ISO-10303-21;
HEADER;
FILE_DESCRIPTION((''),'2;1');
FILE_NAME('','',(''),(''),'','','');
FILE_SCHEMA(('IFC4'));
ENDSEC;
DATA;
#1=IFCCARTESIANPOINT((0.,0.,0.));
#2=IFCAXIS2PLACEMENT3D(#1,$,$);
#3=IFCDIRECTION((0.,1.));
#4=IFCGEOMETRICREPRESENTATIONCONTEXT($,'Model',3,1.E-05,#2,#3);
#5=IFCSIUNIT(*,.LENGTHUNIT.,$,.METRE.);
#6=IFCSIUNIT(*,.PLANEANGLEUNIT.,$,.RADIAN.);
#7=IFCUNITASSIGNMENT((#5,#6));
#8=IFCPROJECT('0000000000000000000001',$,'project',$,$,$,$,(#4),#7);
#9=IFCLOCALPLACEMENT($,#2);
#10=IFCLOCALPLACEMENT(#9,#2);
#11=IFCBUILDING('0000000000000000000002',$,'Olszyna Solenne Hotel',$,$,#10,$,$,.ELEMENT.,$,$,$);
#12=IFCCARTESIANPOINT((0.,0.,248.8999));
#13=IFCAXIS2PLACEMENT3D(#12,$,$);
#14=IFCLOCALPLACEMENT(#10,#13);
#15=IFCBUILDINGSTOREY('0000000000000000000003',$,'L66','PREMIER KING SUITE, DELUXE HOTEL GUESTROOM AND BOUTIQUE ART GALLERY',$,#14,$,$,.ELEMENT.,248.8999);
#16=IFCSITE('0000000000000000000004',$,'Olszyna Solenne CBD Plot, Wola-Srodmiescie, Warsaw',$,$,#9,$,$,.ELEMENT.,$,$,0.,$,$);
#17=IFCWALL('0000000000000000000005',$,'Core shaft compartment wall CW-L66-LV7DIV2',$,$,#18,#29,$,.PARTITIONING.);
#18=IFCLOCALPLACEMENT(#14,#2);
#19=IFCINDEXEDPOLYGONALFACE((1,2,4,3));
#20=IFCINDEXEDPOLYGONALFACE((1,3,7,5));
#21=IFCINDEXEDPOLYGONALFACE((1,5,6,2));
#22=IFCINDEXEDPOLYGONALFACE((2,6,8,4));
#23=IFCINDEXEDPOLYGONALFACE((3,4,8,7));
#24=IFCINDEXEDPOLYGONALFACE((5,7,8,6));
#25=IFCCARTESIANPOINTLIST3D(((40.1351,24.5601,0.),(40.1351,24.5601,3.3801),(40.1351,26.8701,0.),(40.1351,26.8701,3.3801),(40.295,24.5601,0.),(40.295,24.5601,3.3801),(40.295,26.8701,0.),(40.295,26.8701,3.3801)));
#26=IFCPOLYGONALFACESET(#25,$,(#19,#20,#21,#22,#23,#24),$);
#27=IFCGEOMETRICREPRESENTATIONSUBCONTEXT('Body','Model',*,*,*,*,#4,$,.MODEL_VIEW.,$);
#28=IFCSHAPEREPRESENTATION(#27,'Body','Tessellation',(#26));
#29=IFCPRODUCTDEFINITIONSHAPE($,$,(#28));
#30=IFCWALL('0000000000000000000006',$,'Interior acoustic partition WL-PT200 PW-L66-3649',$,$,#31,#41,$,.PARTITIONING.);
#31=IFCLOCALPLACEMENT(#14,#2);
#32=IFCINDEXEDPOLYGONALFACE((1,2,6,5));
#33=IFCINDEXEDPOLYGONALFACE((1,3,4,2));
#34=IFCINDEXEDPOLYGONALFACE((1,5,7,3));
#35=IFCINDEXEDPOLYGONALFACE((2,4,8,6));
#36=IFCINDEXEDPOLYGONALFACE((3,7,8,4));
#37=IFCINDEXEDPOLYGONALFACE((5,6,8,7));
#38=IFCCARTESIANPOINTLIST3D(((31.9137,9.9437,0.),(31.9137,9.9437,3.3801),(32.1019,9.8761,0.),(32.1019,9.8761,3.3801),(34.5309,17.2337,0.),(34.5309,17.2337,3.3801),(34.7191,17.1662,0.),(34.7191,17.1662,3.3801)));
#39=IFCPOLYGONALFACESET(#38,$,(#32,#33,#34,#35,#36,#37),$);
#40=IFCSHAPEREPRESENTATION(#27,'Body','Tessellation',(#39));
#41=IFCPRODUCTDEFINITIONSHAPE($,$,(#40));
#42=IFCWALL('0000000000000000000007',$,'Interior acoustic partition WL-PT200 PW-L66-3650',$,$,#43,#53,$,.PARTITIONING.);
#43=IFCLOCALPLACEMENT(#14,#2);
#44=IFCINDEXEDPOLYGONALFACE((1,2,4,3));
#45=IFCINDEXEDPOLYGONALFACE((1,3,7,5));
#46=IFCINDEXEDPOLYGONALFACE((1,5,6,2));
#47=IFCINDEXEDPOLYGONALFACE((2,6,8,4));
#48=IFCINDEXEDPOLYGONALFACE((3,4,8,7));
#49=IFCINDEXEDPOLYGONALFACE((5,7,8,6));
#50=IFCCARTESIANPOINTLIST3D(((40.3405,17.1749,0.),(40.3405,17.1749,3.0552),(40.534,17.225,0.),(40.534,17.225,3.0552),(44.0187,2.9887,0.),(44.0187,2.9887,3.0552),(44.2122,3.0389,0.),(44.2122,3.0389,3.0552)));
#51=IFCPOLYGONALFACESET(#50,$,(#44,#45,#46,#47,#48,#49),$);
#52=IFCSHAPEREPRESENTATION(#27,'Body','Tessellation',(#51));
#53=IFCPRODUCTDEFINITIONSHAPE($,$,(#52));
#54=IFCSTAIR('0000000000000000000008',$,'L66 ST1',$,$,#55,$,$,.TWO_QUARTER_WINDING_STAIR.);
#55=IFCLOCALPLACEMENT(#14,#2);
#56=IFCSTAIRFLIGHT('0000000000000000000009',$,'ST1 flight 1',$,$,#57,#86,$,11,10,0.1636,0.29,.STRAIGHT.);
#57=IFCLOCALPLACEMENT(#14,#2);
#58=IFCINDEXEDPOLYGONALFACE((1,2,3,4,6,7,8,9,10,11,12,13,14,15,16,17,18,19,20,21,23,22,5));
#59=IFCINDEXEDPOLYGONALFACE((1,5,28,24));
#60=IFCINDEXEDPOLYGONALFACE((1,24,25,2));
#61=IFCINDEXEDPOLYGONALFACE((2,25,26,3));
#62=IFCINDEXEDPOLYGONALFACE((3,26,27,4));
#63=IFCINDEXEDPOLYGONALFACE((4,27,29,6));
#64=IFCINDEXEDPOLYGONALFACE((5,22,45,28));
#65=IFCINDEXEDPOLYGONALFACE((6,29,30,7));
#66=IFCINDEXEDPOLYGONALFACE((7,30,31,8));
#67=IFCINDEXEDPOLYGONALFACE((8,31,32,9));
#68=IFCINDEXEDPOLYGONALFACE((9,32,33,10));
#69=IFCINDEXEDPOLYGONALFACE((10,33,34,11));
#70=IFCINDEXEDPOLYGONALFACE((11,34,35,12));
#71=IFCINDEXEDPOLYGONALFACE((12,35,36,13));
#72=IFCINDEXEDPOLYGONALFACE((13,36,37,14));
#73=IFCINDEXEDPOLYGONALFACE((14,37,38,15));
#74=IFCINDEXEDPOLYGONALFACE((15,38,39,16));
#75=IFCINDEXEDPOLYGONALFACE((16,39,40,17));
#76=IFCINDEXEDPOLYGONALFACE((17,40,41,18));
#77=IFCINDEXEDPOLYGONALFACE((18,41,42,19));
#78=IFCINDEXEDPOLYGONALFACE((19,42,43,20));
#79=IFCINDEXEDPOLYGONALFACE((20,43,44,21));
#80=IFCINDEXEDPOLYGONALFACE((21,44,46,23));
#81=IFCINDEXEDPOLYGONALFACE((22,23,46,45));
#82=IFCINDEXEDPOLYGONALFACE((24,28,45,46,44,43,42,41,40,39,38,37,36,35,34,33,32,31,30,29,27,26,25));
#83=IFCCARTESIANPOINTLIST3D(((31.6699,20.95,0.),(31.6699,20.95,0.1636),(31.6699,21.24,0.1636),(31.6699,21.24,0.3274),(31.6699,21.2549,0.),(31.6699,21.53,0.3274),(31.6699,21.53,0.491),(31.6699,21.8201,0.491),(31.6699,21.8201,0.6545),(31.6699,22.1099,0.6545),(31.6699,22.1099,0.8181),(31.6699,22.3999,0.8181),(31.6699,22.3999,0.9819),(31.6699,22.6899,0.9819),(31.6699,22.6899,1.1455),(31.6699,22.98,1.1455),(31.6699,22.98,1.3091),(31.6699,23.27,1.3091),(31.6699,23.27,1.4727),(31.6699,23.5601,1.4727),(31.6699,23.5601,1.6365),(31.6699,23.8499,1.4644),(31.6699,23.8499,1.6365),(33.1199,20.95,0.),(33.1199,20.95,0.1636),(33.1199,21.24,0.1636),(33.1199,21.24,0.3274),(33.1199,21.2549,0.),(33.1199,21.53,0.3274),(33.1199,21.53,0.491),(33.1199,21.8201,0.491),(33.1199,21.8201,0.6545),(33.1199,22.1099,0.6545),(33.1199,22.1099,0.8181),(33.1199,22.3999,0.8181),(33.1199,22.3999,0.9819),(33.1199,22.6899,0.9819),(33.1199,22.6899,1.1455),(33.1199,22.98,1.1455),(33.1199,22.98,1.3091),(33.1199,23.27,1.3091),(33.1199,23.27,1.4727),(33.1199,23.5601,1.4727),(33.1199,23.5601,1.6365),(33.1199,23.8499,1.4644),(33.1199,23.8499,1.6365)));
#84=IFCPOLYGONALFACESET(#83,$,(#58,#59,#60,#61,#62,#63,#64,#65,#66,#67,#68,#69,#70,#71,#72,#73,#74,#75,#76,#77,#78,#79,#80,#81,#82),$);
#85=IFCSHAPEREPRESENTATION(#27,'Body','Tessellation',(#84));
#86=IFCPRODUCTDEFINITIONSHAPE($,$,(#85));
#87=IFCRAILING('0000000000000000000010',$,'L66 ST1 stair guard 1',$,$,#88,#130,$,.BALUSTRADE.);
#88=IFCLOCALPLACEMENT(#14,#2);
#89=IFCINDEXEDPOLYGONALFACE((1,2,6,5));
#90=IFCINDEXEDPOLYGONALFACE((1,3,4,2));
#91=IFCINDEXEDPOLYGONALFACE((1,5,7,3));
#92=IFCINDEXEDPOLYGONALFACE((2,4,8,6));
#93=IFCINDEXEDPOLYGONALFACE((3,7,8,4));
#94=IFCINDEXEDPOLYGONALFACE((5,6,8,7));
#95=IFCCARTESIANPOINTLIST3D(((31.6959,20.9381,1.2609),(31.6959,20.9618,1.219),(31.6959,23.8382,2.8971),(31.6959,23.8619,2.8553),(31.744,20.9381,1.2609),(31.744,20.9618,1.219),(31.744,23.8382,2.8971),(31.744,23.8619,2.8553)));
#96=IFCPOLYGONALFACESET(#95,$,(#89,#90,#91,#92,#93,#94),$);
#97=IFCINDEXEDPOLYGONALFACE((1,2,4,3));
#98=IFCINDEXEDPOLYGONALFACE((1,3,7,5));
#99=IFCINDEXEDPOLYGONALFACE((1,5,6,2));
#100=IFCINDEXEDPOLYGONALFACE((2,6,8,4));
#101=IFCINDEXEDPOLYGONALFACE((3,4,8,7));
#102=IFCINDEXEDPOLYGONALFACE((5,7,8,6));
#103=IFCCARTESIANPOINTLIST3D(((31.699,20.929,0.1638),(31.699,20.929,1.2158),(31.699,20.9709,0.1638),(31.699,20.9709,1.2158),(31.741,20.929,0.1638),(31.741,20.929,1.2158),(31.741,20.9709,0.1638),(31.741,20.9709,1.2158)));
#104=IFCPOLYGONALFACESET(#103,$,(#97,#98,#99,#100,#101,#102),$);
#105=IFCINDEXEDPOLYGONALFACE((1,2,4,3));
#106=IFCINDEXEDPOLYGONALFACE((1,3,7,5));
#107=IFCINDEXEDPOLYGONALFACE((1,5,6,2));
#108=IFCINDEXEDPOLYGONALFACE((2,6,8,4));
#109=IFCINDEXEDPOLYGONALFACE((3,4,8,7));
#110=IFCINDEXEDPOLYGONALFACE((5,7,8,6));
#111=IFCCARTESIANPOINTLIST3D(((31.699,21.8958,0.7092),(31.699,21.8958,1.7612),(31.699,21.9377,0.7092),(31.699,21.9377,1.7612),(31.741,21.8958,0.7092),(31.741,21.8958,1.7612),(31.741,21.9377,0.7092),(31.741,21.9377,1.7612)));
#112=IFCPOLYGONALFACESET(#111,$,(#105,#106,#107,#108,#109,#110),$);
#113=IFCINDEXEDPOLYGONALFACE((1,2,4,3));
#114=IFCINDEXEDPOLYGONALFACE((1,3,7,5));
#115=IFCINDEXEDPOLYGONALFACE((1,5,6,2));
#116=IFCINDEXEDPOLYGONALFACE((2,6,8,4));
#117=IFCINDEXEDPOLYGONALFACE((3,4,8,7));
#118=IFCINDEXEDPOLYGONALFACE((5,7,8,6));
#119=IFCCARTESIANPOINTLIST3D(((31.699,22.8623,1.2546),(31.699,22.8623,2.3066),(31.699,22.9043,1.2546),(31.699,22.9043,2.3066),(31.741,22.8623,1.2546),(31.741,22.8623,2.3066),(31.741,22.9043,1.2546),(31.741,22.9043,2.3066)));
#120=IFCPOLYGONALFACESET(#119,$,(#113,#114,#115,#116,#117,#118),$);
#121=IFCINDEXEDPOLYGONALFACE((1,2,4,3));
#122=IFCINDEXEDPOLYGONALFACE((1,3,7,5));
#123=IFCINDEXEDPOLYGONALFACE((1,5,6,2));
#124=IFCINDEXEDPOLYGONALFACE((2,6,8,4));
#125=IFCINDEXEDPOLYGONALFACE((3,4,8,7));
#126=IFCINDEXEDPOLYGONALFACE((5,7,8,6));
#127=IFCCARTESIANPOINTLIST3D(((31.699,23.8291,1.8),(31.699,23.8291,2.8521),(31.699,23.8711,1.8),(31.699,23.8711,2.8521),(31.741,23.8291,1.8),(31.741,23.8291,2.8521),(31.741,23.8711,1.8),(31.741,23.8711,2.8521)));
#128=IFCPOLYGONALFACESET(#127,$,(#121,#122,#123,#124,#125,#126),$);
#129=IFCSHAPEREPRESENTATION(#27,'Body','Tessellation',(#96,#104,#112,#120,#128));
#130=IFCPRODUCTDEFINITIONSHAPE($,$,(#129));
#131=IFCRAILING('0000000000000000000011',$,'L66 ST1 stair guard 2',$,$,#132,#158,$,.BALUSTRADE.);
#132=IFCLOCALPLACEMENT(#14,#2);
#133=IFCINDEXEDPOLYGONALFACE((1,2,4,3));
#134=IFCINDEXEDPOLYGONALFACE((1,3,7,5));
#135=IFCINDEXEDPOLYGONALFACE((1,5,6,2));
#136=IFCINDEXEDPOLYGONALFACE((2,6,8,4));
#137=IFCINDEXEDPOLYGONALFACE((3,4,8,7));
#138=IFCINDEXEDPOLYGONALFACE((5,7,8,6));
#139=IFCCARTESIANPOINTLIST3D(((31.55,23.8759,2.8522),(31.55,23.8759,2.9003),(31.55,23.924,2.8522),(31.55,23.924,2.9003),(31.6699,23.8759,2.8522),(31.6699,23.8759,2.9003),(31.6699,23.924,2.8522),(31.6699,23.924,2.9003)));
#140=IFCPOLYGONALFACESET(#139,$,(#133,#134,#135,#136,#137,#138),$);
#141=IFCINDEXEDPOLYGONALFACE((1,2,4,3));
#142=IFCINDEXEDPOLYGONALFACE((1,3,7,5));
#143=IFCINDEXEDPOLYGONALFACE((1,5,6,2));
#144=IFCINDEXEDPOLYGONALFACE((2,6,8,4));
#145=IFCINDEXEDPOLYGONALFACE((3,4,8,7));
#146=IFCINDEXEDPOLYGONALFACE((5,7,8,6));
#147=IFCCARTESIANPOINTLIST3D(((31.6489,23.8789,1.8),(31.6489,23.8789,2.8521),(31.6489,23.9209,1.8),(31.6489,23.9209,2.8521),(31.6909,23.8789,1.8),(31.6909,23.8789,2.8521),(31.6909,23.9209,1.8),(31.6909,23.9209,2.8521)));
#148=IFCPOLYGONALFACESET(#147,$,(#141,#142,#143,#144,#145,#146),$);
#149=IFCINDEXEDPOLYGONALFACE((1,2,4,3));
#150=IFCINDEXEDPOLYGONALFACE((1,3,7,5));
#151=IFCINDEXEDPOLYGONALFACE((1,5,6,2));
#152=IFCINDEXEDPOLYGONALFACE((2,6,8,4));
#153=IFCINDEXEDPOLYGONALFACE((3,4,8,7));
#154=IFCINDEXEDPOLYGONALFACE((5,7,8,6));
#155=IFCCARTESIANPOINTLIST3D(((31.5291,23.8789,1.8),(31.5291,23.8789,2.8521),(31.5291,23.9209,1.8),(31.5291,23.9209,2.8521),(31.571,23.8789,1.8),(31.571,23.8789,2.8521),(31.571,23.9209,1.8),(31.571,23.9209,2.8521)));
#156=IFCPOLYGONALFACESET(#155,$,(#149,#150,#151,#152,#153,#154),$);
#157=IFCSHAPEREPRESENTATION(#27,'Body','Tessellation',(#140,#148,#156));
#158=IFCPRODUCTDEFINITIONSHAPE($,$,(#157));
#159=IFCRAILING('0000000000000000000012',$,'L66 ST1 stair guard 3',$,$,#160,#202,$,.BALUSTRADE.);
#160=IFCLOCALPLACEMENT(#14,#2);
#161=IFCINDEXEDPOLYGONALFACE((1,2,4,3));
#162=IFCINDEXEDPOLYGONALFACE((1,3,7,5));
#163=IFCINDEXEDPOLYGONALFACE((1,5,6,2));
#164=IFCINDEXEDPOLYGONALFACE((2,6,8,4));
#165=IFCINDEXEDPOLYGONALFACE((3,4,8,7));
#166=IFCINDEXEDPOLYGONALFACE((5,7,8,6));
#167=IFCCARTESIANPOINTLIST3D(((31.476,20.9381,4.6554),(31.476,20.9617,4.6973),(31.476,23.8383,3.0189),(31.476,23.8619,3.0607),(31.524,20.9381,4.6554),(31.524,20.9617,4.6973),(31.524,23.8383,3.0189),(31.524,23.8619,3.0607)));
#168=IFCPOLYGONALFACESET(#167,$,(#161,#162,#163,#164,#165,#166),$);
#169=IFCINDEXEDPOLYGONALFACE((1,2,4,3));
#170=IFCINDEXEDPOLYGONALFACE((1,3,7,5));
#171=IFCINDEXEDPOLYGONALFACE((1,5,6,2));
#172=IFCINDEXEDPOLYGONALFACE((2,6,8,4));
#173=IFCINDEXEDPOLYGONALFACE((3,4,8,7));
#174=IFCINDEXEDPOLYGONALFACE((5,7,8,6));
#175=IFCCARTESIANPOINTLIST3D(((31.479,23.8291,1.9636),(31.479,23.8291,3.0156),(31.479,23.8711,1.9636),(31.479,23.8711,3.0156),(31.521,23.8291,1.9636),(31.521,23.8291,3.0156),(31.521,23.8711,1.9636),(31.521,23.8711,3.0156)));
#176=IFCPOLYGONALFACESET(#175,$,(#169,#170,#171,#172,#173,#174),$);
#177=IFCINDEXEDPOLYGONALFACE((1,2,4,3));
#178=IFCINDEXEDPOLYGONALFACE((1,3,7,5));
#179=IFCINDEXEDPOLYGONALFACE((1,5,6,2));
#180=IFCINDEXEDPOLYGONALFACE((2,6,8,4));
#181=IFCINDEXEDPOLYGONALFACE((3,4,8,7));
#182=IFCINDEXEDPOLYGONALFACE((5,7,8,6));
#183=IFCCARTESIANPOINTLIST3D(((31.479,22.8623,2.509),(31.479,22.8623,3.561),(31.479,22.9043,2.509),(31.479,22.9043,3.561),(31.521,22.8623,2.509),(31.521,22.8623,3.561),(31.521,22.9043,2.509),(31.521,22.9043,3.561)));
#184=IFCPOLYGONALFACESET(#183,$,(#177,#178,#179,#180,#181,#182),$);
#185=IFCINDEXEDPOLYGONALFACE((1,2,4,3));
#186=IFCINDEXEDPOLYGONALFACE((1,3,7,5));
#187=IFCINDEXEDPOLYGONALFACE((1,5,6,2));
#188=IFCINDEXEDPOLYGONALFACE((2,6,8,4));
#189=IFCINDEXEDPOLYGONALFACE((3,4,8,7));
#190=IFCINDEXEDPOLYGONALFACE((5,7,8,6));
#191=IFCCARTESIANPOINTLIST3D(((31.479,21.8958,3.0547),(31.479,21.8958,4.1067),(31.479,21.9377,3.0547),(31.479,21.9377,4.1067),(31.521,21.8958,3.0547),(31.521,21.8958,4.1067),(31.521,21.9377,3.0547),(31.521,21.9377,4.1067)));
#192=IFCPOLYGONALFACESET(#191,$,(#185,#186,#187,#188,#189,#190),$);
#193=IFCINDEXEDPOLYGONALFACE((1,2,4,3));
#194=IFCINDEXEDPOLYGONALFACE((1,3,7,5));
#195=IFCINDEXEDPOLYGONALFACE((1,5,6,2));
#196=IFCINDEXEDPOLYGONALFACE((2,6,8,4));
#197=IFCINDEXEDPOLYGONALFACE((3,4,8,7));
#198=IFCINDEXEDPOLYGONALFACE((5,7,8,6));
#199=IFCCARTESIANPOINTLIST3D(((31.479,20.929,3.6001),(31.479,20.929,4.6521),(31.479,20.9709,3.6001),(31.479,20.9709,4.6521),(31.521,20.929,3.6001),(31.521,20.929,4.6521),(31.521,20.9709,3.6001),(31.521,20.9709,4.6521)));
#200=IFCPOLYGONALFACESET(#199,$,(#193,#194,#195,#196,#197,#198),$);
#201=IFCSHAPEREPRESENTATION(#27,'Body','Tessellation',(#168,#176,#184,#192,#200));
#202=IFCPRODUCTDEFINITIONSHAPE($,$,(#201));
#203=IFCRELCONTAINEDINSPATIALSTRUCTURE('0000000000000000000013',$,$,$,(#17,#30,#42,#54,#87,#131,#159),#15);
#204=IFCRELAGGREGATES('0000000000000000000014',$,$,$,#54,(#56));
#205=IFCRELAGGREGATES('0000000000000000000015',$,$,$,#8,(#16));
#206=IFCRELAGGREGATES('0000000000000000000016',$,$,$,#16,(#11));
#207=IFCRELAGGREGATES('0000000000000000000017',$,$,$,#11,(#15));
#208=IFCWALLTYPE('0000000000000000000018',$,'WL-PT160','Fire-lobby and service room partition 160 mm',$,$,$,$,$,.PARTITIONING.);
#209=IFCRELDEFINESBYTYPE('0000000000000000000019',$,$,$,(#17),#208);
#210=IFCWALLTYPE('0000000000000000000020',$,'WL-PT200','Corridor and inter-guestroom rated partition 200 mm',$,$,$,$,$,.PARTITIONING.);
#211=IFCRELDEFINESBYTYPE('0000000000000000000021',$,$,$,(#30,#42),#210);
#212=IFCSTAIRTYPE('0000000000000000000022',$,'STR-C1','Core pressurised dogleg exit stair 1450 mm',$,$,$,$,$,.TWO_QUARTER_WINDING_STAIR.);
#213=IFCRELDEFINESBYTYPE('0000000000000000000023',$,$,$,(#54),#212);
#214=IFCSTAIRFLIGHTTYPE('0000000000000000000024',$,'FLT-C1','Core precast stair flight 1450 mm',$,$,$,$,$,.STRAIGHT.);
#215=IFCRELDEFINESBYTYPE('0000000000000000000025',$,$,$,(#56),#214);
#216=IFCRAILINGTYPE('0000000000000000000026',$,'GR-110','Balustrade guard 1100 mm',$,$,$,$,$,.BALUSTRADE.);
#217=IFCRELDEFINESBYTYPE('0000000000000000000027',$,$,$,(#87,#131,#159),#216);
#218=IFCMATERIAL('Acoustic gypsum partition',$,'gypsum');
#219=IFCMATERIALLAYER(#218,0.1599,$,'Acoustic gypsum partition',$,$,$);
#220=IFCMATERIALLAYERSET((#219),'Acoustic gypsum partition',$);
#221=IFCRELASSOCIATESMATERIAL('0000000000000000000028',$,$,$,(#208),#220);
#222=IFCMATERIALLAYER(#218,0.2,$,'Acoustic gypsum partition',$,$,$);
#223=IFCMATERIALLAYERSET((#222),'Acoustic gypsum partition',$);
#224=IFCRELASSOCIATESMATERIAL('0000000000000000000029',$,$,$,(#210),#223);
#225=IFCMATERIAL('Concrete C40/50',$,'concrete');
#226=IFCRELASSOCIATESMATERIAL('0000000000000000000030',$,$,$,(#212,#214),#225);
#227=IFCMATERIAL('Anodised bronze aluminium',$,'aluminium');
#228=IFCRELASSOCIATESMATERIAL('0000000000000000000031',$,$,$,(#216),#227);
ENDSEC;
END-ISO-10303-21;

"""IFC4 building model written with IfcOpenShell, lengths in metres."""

from ifc_helpers import new_model, si_unit, direction, frame, frame_2d, origin, origin_2d, place, context, subcontext, project, spatial, polyline, rectangle, outline, extrude, material, layer, layer_set, type_object, element, aggregate, save


model = new_model("IFC4")

# Units and contexts
model_context = context("Model", 3, precision=1e-05, world=origin(), true_north=direction((0.0, 1.0)))
body_context = subcontext(model_context, "Body", "Model", "MODEL_VIEW")
ifc_project = project(units=[si_unit("LENGTHUNIT", "METRE"), si_unit("PLANEANGLEUNIT", "RADIAN")], contexts=[model_context])

# Site, building, storey
site_placement = place(None, origin())
site = spatial("IfcSite", under=ifc_project, at=site_placement, Name="Olszyna Solenne CBD Plot, Wola-Srodmiescie, Warsaw", CompositionType="ELEMENT", RefElevation=0.0)
building_placement = place(site_placement, origin())
building = spatial("IfcBuilding", under=site, at=building_placement, Name="Olszyna Solenne Hotel", CompositionType="ELEMENT")
storey_placement = place(building_placement, frame((0.0, 0.0, 248.8999)))
storey = spatial("IfcBuildingStorey", under=building, at=storey_placement, Name="L66", Description="PREMIER KING SUITE, DELUXE HOTEL GUESTROOM AND BOUTIQUE ART GALLERY", CompositionType="ELEMENT", Elevation=248.8999)

# Shared definitions
ifc_material_1 = material(Name="Acoustic gypsum partition", Category="gypsum")

# Shared definitions
ifc_layer_1 = layer(ifc_material_1, 0.1599, Name="Acoustic gypsum partition")
ifc_layer_set_1 = layer_set([ifc_layer_1], Name="Acoustic gypsum partition")
wall_type_1 = type_object("IfcWallType", Name="WL-PT160", Description="Fire-lobby and service room partition 160 mm", PredefinedType="PARTITIONING", material=ifc_layer_set_1)

# Walls
for number, where, z_axis, x_axis, name in (
    (1, (40.2151, 24.5601, 0.0), (0.0, 0.0, 1.0), (0.0, 1.0, 0.0), "Core shaft compartment wall CW-L66-LV7DIV2"),
):
    element("IfcWall", number, at=place(storey_placement, frame(where, z_axis=z_axis, x_axis=x_axis)), inside=storey, type_object=wall_type_1, Name=name, PredefinedType="PARTITIONING", context=body_context, shape_type="SweptSolid", body=[
        extrude(rectangle(XDim=2.3101, YDim=0.1599, at=frame_2d((1.155, 0.0))), origin(), (0.0, 0.0, 1.0), 3.3801),
    ])
ifc_layer_2 = layer(ifc_material_1, 0.2, Name="Acoustic gypsum partition")
ifc_layer_set_2 = layer_set([ifc_layer_2], Name="Acoustic gypsum partition")
wall_type_2 = type_object("IfcWallType", Name="WL-PT200", Description="Corridor and inter-guestroom rated partition 200 mm", PredefinedType="PARTITIONING", material=ifc_layer_set_2)
wall_1_placement = place(storey_placement, frame((34.625, 17.2, 0.0), z_axis=(0.0, 0.0, 1.0), x_axis=(-0.337893, -0.941184, 0.0)))
element("IfcWall", 2, at=wall_1_placement, inside=storey, type_object=wall_type_2, Name="Interior acoustic partition WL-PT200 PW-L66-3649", PredefinedType="PARTITIONING", context=body_context, shape_type="SweptSolid", body=[
    extrude(rectangle(XDim=7.7456, YDim=0.2, at=frame_2d((3.8728, 0.0))), origin(), (0.0, 0.0, 1.0), 3.3801),
])
wall_2_placement = place(storey_placement, frame((40.4373, 17.2, 0.0), z_axis=(0.0, 0.0, 1.0), x_axis=(0.250981, -0.967992, 0.0)))
element("IfcWall", 3, at=wall_2_placement, inside=storey, type_object=wall_type_2, Name="Interior acoustic partition WL-PT200 PW-L66-3650", PredefinedType="PARTITIONING", context=body_context, shape_type="SweptSolid", body=[
    extrude(rectangle(XDim=14.6553, YDim=0.2, at=frame_2d((7.3276, 0.0))), origin(), (0.0, 0.0, 1.0), 3.0552),
])

# Stair, stair flight
ifc_material_2 = material(Name="Concrete C40/50", Category="concrete")
stair_type = type_object("IfcStairType", Name="STR-C1", Description="Core pressurised dogleg exit stair 1450 mm", PredefinedType="TWO_QUARTER_WINDING_STAIR", material=ifc_material_2)
stair_placement = place(storey_placement, origin())
stair = element("IfcStair", 4, at=stair_placement, inside=storey, type_object=stair_type, Name="L66 ST1", PredefinedType="TWO_QUARTER_WINDING_STAIR")
stair_flight_type = type_object("IfcStairFlightType", Name="FLT-C1", Description="Core precast stair flight 1450 mm", PredefinedType="STRAIGHT", material=ifc_material_2)
stair_flight_placement = place(storey_placement, frame((32.395, 20.95, 0.0), z_axis=(0.0, 0.0, 1.0), x_axis=(0.0, 1.0, 0.0)))
stair_flight = element("IfcStairFlight", 5, at=stair_flight_placement, type_object=stair_flight_type, Name="ST1 flight 1", NumberOfRisers=11, NumberOfTreads=10, PredefinedType="STRAIGHT", RiserHeight=0.1636, TreadLength=0.29, context=body_context, shape_type="SweptSolid", body=[
    extrude(outline(polyline([(0.0, 0.0), (0.0, 0.1636), (0.29, 0.1636), (0.29, 0.3274), (0.5801, 0.3274), (0.5801, 0.491), (0.8701, 0.491), (0.8701, 0.6545), (1.1599, 0.6545), (1.1599, 0.8181), (1.45, 0.8181), (1.45, 0.9819), (1.74, 0.9819), (1.74, 1.1455), (2.03, 1.1455), (2.03, 1.3091), (2.3201, 1.3091), (2.3201, 1.4727), (2.6101, 1.4727), (2.6101, 1.6365), (2.8999, 1.6365), (2.8999, 1.8), (2.8999, 1.4644), (0.3049, 0.0), (0.0, 0.0)])), frame((0.0, 0.7251, 0.0), z_axis=(0.0, -1.0, 0.0), x_axis=(1.0, 0.0, 0.0)), (0.0, 0.0, 1.0), 1.45),
])
aggregate(stair, [stair_flight])

# Railings
ifc_material_3 = material(Name="Anodised bronze aluminium", Category="aluminium")
railing_type_1 = type_object("IfcRailingType", Name="GR-110", Description="Balustrade guard 1100 mm", PredefinedType="BALUSTRADE", material=ifc_material_3)
railing_1_placement = place(storey_placement, frame((31.72, 20.95, 0.1638)))
element("IfcRailing", 6, at=railing_1_placement, inside=storey, type_object=railing_type_1, Name="L66 ST1 stair guard 1", PredefinedType="BALUSTRADE", context=body_context, shape_type="SweptSolid", body=[
    extrude(rectangle(XDim=0.0481, YDim=0.0481, at=origin_2d()), frame((0.0, 0.0, 1.0762), z_axis=(0.0, 0.870946, 0.491378), x_axis=(-1.0, 0.0, 0.0)), (0.0, 0.0, 1.0), 3.3298),
    extrude(rectangle(XDim=0.042, YDim=0.042, at=origin_2d()), origin(), (0.0, 0.0, 1.0), 1.052),
    extrude(rectangle(XDim=0.042, YDim=0.042, at=origin_2d()), frame((0.0, 0.9668, 0.5454)), (0.0, 0.0, 1.0), 1.052),
    extrude(rectangle(XDim=0.042, YDim=0.042, at=origin_2d()), frame((0.0, 1.9333, 1.0908)), (0.0, 0.0, 1.0), 1.052),
    extrude(rectangle(XDim=0.042, YDim=0.042, at=origin_2d()), frame((0.0, 2.9001, 1.6362)), (0.0, 0.0, 1.0), 1.052),
])
railing_2_placement = place(storey_placement, frame((31.6699, 23.8999, 1.8)))
element("IfcRailing", 7, at=railing_2_placement, inside=storey, type_object=railing_type_1, Name="L66 ST1 stair guard 2", PredefinedType="BALUSTRADE", context=body_context, shape_type="SweptSolid", body=[
    extrude(rectangle(XDim=0.0481, YDim=0.0481, at=origin_2d()), frame((0.0, 0.0, 1.0762), z_axis=(-1.0, 0.0, 0.0), x_axis=(0.0, -1.0, 0.0)), (0.0, 0.0, 1.0), 0.1199),
    extrude(rectangle(XDim=0.042, YDim=0.042, at=origin_2d()), origin(), (0.0, 0.0, 1.0), 1.052),
    extrude(rectangle(XDim=0.042, YDim=0.042, at=origin_2d()), frame((-0.1199, 0.0, 0.0)), (0.0, 0.0, 1.0), 1.052),
])
railing_3_placement = place(storey_placement, frame((31.5, 23.8501, 1.9636)))
element("IfcRailing", 8, at=railing_3_placement, inside=storey, type_object=railing_type_1, Name="L66 ST1 stair guard 3", PredefinedType="BALUSTRADE", context=body_context, shape_type="SweptSolid", body=[
    extrude(rectangle(XDim=0.0481, YDim=0.0481, at=origin_2d()), frame((0.0, 0.0, 1.0762), z_axis=(0.0, -0.870915, 0.491434), x_axis=(1.0, 0.0, 0.0)), (0.0, 0.0, 1.0), 3.3301),
    extrude(rectangle(XDim=0.042, YDim=0.042, at=origin_2d()), origin(), (0.0, 0.0, 1.0), 1.052),
    extrude(rectangle(XDim=0.042, YDim=0.042, at=origin_2d()), frame((0.0, -0.9668, 0.5454)), (0.0, 0.0, 1.0), 1.052),
    extrude(rectangle(XDim=0.042, YDim=0.042, at=origin_2d()), frame((0.0, -1.9333, 1.0911)), (0.0, 0.0, 1.0), 1.052),
    extrude(rectangle(XDim=0.042, YDim=0.042, at=origin_2d()), frame((0.0, -2.9001, 1.6365)), (0.0, 0.0, 1.0), 1.052),
])

save(model, "model.ifc")
